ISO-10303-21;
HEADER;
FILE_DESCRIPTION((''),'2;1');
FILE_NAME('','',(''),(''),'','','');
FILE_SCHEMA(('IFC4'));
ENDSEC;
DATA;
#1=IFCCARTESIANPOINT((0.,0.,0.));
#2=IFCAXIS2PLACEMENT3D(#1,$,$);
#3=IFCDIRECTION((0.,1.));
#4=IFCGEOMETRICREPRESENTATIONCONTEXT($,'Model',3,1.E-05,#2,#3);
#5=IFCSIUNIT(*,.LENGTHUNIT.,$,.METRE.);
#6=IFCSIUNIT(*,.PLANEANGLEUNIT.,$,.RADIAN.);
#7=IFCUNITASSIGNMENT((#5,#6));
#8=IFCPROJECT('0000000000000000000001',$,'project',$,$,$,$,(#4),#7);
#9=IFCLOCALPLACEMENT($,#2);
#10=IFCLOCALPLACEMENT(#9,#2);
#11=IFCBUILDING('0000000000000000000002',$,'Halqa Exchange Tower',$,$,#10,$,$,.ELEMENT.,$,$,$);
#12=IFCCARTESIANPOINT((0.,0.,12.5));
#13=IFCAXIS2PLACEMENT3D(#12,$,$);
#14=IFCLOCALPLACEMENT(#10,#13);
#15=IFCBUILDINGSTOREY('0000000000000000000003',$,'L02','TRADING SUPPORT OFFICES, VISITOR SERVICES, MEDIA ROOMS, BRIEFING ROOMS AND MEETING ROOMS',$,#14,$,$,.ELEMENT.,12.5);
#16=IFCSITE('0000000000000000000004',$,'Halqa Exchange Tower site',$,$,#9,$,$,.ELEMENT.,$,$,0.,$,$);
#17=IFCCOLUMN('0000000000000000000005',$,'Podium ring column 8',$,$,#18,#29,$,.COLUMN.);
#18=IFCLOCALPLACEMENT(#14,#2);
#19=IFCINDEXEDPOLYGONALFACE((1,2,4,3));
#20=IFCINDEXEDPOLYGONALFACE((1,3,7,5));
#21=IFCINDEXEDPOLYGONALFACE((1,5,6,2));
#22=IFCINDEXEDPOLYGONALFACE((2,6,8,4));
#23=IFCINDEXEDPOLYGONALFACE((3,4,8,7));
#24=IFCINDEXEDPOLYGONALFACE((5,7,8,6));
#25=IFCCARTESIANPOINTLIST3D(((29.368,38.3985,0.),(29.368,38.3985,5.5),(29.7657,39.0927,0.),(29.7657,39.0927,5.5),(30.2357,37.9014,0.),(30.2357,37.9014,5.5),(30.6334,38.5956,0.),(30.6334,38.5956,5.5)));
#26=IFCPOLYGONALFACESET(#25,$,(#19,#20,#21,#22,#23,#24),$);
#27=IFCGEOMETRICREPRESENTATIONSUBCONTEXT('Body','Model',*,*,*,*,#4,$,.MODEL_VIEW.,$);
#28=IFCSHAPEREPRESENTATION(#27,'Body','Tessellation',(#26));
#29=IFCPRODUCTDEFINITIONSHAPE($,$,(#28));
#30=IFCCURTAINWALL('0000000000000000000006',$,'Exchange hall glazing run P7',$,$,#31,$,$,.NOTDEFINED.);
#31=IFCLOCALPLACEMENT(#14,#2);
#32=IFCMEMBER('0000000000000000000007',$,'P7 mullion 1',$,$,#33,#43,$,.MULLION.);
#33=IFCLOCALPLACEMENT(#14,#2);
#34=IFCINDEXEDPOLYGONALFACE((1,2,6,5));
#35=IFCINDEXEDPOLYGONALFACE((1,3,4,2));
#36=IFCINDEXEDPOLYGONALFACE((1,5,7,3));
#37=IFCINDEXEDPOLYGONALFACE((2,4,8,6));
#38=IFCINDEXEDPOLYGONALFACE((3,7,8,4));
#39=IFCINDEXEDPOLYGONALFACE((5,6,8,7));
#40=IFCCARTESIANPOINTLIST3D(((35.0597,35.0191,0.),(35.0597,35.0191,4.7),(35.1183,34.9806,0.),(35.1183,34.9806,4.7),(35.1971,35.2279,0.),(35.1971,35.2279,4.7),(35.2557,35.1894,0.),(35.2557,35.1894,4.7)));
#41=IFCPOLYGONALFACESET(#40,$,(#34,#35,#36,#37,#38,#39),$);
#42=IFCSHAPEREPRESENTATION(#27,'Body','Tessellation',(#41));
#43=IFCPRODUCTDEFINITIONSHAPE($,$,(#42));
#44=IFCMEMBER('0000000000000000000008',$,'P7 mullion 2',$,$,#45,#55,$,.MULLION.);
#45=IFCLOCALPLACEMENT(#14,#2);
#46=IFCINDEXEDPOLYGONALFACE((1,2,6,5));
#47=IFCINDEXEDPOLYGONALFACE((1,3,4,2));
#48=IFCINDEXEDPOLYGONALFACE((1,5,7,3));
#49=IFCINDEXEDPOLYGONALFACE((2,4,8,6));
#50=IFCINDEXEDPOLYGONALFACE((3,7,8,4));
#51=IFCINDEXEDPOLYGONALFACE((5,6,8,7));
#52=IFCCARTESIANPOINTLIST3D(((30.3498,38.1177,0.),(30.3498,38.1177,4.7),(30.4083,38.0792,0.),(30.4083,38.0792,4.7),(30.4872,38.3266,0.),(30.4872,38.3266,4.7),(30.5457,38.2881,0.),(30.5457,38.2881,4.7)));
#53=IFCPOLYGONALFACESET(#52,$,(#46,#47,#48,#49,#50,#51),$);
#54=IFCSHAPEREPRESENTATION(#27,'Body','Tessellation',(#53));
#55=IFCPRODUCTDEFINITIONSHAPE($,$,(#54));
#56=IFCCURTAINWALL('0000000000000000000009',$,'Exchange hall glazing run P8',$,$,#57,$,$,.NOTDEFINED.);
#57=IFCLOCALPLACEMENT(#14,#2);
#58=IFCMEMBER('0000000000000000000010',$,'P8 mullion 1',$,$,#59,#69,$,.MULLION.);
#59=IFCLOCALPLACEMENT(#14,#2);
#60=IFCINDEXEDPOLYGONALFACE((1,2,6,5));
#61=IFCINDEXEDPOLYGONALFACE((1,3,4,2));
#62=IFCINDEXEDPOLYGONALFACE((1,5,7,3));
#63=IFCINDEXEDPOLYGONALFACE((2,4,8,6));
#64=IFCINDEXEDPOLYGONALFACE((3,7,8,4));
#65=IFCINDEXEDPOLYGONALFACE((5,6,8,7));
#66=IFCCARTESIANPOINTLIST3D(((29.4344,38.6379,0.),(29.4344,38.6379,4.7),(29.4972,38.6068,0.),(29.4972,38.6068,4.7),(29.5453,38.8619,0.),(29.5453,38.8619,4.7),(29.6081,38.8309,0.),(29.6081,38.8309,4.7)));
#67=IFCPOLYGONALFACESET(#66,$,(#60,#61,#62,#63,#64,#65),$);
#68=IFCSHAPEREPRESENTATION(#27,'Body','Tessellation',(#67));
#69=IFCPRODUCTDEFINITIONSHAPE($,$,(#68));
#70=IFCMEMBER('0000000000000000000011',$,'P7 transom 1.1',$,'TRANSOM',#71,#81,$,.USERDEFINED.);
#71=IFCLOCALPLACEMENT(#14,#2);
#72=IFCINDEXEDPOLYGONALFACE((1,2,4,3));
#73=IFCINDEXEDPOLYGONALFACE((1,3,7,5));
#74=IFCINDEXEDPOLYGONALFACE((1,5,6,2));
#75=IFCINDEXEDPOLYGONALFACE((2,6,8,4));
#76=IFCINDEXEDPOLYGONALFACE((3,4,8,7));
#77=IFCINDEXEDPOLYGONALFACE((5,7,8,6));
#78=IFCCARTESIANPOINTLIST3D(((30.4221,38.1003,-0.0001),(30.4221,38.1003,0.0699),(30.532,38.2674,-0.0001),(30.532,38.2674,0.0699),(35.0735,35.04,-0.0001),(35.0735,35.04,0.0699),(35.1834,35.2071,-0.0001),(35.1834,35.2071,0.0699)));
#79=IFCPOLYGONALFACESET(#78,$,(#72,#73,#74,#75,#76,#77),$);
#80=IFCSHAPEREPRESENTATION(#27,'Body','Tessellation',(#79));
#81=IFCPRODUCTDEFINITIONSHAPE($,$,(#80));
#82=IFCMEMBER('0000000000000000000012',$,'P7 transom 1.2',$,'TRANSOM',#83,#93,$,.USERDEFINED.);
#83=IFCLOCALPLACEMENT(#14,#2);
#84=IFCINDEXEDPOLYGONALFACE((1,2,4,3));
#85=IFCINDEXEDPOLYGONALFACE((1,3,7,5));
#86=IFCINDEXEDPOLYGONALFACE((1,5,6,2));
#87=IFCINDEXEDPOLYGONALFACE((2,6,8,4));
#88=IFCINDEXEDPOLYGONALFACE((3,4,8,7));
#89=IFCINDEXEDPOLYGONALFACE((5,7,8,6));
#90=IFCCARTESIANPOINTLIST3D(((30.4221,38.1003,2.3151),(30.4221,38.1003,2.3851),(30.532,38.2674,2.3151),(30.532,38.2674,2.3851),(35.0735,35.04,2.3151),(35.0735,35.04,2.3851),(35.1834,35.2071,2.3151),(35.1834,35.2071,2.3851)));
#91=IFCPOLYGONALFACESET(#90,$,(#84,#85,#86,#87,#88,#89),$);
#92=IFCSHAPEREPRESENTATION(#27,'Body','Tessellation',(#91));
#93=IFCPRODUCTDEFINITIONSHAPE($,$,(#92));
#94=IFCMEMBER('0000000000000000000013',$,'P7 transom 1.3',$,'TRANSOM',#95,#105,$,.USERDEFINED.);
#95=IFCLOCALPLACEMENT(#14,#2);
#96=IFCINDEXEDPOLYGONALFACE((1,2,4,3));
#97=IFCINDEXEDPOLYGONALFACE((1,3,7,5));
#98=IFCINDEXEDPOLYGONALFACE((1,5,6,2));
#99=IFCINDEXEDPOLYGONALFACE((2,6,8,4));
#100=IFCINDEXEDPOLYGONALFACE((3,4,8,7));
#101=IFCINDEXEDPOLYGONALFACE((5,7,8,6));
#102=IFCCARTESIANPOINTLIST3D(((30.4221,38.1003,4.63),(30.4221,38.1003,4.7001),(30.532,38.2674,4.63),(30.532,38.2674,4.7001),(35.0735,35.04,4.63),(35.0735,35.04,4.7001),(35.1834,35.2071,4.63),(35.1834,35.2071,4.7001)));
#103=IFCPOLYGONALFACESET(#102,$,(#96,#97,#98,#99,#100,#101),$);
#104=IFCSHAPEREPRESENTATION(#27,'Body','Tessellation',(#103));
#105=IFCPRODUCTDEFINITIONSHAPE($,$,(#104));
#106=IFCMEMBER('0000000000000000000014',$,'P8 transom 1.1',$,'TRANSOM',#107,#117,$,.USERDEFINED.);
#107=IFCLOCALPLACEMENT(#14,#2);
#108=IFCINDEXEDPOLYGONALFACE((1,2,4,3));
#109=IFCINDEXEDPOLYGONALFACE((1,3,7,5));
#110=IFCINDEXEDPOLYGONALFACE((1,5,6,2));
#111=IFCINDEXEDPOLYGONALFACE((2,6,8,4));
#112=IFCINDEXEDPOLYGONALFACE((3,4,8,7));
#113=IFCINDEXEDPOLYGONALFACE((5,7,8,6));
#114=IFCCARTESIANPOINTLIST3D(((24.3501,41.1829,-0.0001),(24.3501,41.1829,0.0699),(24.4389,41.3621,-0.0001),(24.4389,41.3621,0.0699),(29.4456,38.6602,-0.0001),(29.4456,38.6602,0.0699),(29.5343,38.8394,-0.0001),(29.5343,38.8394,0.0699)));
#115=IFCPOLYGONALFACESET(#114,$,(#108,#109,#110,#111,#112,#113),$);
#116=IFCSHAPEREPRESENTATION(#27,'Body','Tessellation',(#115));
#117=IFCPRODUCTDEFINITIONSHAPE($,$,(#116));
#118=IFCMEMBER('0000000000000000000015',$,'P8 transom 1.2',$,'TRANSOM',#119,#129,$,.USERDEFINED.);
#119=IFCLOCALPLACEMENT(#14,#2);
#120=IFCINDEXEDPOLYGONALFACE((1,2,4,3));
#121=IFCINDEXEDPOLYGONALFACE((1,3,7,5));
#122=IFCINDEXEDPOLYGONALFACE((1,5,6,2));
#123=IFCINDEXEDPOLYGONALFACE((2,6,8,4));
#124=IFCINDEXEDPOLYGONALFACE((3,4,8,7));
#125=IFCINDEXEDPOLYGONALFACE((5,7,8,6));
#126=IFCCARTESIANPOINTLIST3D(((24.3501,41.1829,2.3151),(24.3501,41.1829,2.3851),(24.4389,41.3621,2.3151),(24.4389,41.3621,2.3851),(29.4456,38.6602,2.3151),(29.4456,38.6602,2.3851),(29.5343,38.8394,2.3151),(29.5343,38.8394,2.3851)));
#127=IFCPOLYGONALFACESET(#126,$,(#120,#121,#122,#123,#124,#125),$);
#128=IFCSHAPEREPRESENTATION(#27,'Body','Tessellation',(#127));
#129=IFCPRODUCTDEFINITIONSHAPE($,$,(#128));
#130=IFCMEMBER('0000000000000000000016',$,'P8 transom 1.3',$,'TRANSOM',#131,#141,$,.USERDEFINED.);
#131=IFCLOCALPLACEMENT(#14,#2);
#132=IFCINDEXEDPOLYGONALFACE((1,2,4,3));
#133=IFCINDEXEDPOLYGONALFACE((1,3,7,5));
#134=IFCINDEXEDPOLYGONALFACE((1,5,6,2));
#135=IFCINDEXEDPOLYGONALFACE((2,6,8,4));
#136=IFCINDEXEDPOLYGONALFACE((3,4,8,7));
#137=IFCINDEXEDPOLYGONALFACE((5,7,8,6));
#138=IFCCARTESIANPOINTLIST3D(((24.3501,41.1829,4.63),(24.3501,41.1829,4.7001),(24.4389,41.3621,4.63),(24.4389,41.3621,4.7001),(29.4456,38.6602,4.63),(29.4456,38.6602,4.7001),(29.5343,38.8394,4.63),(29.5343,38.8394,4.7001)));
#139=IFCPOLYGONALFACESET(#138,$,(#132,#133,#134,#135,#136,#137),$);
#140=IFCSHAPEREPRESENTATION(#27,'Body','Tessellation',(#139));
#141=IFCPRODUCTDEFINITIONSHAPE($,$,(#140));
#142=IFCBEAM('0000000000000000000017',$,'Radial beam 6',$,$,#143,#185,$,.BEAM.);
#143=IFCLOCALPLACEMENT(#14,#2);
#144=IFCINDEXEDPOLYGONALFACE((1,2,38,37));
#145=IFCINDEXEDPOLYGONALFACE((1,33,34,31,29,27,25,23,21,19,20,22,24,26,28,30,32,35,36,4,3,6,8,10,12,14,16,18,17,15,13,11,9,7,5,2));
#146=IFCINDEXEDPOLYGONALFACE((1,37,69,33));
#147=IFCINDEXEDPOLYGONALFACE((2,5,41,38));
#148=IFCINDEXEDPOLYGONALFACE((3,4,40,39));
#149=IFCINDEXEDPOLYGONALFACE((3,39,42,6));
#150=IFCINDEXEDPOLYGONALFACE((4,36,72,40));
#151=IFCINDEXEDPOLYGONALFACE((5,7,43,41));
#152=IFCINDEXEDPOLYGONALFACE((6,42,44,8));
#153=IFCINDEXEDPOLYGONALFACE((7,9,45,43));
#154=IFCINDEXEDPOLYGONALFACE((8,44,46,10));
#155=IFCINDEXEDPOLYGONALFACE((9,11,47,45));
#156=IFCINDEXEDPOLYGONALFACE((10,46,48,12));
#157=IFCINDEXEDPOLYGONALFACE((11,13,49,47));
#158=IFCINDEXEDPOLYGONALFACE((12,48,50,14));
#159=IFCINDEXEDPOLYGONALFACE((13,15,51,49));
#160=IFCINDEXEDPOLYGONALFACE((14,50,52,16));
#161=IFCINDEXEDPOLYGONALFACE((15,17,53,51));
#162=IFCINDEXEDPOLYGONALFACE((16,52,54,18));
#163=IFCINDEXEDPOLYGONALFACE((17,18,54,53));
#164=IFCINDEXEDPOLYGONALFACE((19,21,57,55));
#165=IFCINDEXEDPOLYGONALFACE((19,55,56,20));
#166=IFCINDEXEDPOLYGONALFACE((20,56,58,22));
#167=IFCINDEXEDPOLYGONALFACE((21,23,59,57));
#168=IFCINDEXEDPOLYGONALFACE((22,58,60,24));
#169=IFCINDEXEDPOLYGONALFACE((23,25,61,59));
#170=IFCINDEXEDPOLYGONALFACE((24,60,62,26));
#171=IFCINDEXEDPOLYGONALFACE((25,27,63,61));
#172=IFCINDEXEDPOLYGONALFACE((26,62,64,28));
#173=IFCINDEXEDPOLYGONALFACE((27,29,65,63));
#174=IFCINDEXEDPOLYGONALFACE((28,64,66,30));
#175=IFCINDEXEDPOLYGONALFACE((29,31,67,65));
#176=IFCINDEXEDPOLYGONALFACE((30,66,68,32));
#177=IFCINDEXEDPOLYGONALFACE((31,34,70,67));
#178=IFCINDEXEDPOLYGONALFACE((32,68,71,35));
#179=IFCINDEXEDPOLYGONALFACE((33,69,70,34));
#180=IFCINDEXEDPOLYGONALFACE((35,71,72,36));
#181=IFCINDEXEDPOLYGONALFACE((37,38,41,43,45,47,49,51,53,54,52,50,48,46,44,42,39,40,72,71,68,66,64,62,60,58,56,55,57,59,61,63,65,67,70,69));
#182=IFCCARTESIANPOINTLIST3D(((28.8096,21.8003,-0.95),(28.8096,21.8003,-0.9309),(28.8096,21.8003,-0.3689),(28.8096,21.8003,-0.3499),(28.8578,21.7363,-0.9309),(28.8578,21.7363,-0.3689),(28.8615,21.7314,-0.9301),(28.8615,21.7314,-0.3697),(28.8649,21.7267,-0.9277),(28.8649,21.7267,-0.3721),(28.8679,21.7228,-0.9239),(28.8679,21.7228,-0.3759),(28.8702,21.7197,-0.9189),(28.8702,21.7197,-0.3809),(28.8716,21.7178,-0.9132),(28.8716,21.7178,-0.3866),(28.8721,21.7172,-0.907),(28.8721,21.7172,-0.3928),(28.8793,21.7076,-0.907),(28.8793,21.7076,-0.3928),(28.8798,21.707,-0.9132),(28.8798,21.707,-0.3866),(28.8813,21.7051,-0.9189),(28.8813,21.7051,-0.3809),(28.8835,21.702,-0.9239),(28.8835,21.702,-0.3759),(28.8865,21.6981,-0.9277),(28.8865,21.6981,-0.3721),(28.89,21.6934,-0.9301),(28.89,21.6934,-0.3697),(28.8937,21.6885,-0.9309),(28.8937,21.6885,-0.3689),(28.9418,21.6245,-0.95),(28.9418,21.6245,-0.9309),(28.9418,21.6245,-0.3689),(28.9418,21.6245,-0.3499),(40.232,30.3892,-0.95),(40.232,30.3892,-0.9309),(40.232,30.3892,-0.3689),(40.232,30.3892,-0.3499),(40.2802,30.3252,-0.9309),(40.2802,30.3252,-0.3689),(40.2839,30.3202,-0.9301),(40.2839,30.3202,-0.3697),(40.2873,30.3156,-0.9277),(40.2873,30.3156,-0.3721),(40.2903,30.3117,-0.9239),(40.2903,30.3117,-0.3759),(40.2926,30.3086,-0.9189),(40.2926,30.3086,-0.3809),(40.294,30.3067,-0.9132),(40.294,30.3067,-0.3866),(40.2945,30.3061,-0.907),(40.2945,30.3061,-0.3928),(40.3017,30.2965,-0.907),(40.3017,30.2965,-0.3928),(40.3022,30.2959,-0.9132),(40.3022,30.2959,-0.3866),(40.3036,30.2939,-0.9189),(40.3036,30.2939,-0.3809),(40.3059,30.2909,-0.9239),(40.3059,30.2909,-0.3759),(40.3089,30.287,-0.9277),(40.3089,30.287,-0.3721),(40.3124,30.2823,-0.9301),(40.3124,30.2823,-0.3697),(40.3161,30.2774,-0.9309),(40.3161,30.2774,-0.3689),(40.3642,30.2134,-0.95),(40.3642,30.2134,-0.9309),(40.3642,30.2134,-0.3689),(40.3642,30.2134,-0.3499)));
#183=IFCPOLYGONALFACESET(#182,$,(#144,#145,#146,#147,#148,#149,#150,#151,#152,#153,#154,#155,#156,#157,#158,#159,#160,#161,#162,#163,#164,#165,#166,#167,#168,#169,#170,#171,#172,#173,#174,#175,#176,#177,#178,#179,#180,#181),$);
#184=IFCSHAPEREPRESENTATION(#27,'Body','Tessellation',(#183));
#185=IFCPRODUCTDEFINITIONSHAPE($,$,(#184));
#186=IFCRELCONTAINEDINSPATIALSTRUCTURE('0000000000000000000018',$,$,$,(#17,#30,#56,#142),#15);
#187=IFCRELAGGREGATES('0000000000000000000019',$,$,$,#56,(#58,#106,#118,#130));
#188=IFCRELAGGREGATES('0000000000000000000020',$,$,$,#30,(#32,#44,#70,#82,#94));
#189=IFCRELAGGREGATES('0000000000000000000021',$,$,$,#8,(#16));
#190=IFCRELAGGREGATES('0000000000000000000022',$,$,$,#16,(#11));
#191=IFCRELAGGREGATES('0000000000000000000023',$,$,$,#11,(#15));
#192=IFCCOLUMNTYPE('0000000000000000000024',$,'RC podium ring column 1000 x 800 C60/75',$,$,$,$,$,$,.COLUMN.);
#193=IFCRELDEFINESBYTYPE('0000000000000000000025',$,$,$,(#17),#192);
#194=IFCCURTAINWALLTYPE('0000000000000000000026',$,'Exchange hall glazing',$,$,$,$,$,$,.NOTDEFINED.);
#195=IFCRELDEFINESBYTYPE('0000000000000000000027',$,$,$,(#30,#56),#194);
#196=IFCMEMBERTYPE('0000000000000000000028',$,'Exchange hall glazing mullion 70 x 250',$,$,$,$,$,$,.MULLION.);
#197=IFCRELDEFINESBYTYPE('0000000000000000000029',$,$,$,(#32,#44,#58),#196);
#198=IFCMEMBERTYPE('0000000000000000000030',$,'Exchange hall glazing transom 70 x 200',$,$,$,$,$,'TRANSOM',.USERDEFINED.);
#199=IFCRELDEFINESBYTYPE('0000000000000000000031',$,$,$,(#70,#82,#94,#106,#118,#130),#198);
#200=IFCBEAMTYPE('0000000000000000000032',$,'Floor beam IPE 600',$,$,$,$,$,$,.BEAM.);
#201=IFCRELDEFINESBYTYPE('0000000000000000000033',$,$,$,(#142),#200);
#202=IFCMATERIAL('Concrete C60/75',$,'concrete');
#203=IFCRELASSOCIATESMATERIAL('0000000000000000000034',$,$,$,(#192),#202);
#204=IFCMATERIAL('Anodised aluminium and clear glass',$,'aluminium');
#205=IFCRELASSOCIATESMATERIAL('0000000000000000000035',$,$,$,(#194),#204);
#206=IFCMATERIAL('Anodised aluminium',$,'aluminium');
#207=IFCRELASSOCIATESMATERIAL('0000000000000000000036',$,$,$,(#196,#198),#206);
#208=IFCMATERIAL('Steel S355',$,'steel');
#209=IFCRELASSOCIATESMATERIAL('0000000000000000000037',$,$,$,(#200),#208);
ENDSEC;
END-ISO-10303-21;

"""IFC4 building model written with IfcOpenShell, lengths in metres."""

from ifc_helpers import new_model, si_unit, direction, frame, origin, origin_2d, place, context, subcontext, project, spatial, rectangle, i_section, extrude, material, material_profile, profile_set, type_object, element, aggregate, save


model = new_model("IFC4")

# Units and contexts
model_context = context("Model", 3, precision=1e-05, world=origin(), true_north=direction((0.0, 1.0)))
body_context = subcontext(model_context, "Body", "Model", "MODEL_VIEW")
ifc_project = project(units=[si_unit("LENGTHUNIT", "METRE"), si_unit("PLANEANGLEUNIT", "RADIAN")], contexts=[model_context])

# Site, building, storey
site_placement = place(None, origin())
site = spatial("IfcSite", under=ifc_project, at=site_placement, Name="Halqa Exchange Tower site", CompositionType="ELEMENT", RefElevation=0.0)
building_placement = place(site_placement, origin())
building = spatial("IfcBuilding", under=site, at=building_placement, Name="Halqa Exchange Tower", CompositionType="ELEMENT")
storey_placement = place(building_placement, frame((0.0, 0.0, 12.5)))
storey = spatial("IfcBuildingStorey", under=building, at=storey_placement, Name="L02", Description="TRADING SUPPORT OFFICES, VISITOR SERVICES, MEDIA ROOMS, BRIEFING ROOMS AND MEETING ROOMS", CompositionType="ELEMENT", Elevation=12.5)

# Column
ifc_material_1 = material(Name="Concrete C60/75", Category="concrete")
ifc_material_profile_1 = material_profile(ifc_material_1, rectangle(XDim=1.0, YDim=0.8, at=origin_2d()), Name="1000 x 800")
ifc_profile_set_1 = profile_set([ifc_material_profile_1], Name="Concrete C60/75")
column_type = type_object("IfcColumnType", Name="RC podium ring column 1000 x 800 C60/75", PredefinedType="COLUMN", material=ifc_profile_set_1)
column_placement = place(storey_placement, frame((30.0007, 38.4971, 0.0), z_axis=(0.0, 0.0, 1.0), x_axis=(-0.867693, 0.4971, 0.0)))
element("IfcColumn", 1, at=column_placement, inside=storey, type_object=column_type, Name="Podium ring column 8", PredefinedType="COLUMN", context=body_context, shape_type="SweptSolid", body=[
    extrude(rectangle(XDim=1.0, YDim=0.8, at=origin_2d()), origin(), (0.0, 0.0, 1.0), 5.5),
])

# Curtain wall, members
ifc_material_2 = material(Name="Anodised aluminium and clear glass", Category="aluminium")
curtain_wall_type = type_object("IfcCurtainWallType", Name="Exchange hall glazing", PredefinedType="NOTDEFINED", material=ifc_material_2)
curtain_wall_1_placement = place(storey_placement, origin())
curtain_wall_1 = element("IfcCurtainWall", 2, at=curtain_wall_1_placement, inside=storey, type_object=curtain_wall_type, Name="Exchange hall glazing run P7", PredefinedType="NOTDEFINED")
ifc_material_3 = material(Name="Anodised aluminium", Category="aluminium")
ifc_material_profile_2 = material_profile(ifc_material_3, rectangle(XDim=0.25, YDim=0.0701, at=origin_2d()), Name="AL 70x250")
ifc_profile_set_2 = profile_set([ifc_material_profile_2], Name="Anodised aluminium")
member_type_1 = type_object("IfcMemberType", Name="Exchange hall glazing mullion 70 x 250", PredefinedType="MULLION", material=ifc_profile_set_2)
member_1_placement = place(storey_placement, frame((35.1577, 35.1042, 0.0), z_axis=(0.0, 0.0, 1.0), x_axis=(-0.54962, -0.835415, 0.0)))
member_1 = element("IfcMember", 3, at=member_1_placement, type_object=member_type_1, Name="P7 mullion 1", PredefinedType="MULLION", context=body_context, shape_type="SweptSolid", body=[
    extrude(rectangle(XDim=0.25, YDim=0.0701, at=origin_2d()), origin(), (0.0, 0.0, 1.0), 4.7),
])
member_2_placement = place(storey_placement, frame((30.4478, 38.2029, 0.0), z_axis=(0.0, 0.0, 1.0), x_axis=(-0.54962, -0.835415, 0.0)))
member_2 = element("IfcMember", 4, at=member_2_placement, type_object=member_type_1, Name="P7 mullion 2", PredefinedType="MULLION", context=body_context, shape_type="SweptSolid", body=[
    extrude(rectangle(XDim=0.25, YDim=0.0701, at=origin_2d()), origin(), (0.0, 0.0, 1.0), 4.7),
])

# Curtain wall, member
curtain_wall_2_placement = place(storey_placement, origin())
curtain_wall_2 = element("IfcCurtainWall", 5, at=curtain_wall_2_placement, inside=storey, type_object=curtain_wall_type, Name="Exchange hall glazing run P8", PredefinedType="NOTDEFINED")
member_3_placement = place(storey_placement, frame((29.5212, 38.7344, 0.0), z_axis=(0.0, 0.0, 1.0), x_axis=(-0.443653, -0.896198, 0.0)))
member_3 = element("IfcMember", 6, at=member_3_placement, type_object=member_type_1, Name="P8 mullion 1", PredefinedType="MULLION", context=body_context, shape_type="SweptSolid", body=[
    extrude(rectangle(XDim=0.25, YDim=0.0701, at=origin_2d()), origin(), (0.0, 0.0, 1.0), 4.7),
])

# Members
ifc_material_profile_3 = material_profile(ifc_material_3, rectangle(XDim=0.2, YDim=0.0701, at=origin_2d()), Name="AL 70x200")
ifc_profile_set_3 = profile_set([ifc_material_profile_3], Name="Anodised aluminium")
member_type_2 = type_object("IfcMemberType", Name="Exchange hall glazing transom 70 x 200", ElementType="TRANSOM", PredefinedType="USERDEFINED", material=ifc_profile_set_3)
member_4_placement = place(storey_placement, frame((35.1284, 35.1235, 0.0349), z_axis=(-0.835401, 0.549641, 0.0), x_axis=(-0.549641, -0.835401, 0.0)))
member_4 = element("IfcMember", 7, at=member_4_placement, type_object=member_type_2, Name="P7 transom 1.1", ObjectType="TRANSOM", PredefinedType="USERDEFINED", context=body_context, shape_type="SweptSolid", body=[
    extrude(rectangle(XDim=0.2, YDim=0.0701, at=origin_2d()), origin(), (0.0, 0.0, 1.0), 5.5679),
])
member_5_placement = place(storey_placement, frame((35.1284, 35.1235, 2.3501), z_axis=(-0.835401, 0.549641, 0.0), x_axis=(-0.549641, -0.835401, 0.0)))
member_5 = element("IfcMember", 8, at=member_5_placement, type_object=member_type_2, Name="P7 transom 1.2", ObjectType="TRANSOM", PredefinedType="USERDEFINED", context=body_context, shape_type="SweptSolid", body=[
    extrude(rectangle(XDim=0.2, YDim=0.0701, at=origin_2d()), origin(), (0.0, 0.0, 1.0), 5.5679),
])
member_6_placement = place(storey_placement, frame((35.1284, 35.1235, 4.665), z_axis=(-0.835401, 0.549641, 0.0), x_axis=(-0.549641, -0.835401, 0.0)))
member_6 = element("IfcMember", 9, at=member_6_placement, type_object=member_type_2, Name="P7 transom 1.3", ObjectType="TRANSOM", PredefinedType="USERDEFINED", context=body_context, shape_type="SweptSolid", body=[
    extrude(rectangle(XDim=0.2, YDim=0.0701, at=origin_2d()), origin(), (0.0, 0.0, 1.0), 5.5679),
])
member_7_placement = place(storey_placement, frame((29.49, 38.7498, 0.0349), z_axis=(-0.896181, 0.443689, 0.0), x_axis=(-0.443689, -0.896181, 0.0)))
member_7 = element("IfcMember", 10, at=member_7_placement, type_object=member_type_2, Name="P8 transom 1.1", ObjectType="TRANSOM", PredefinedType="USERDEFINED", context=body_context, shape_type="SweptSolid", body=[
    extrude(rectangle(XDim=0.2, YDim=0.0701, at=origin_2d()), origin(), (0.0, 0.0, 1.0), 5.6858),
])
member_8_placement = place(storey_placement, frame((29.49, 38.7498, 2.3501), z_axis=(-0.896181, 0.443689, 0.0), x_axis=(-0.443689, -0.896181, 0.0)))
member_8 = element("IfcMember", 11, at=member_8_placement, type_object=member_type_2, Name="P8 transom 1.2", ObjectType="TRANSOM", PredefinedType="USERDEFINED", context=body_context, shape_type="SweptSolid", body=[
    extrude(rectangle(XDim=0.2, YDim=0.0701, at=origin_2d()), origin(), (0.0, 0.0, 1.0), 5.6858),
])
member_9_placement = place(storey_placement, frame((29.49, 38.7498, 4.665), z_axis=(-0.896181, 0.443689, 0.0), x_axis=(-0.443689, -0.896181, 0.0)))
member_9 = element("IfcMember", 12, at=member_9_placement, type_object=member_type_2, Name="P8 transom 1.3", ObjectType="TRANSOM", PredefinedType="USERDEFINED", context=body_context, shape_type="SweptSolid", body=[
    extrude(rectangle(XDim=0.2, YDim=0.0701, at=origin_2d()), origin(), (0.0, 0.0, 1.0), 5.6858),
])
aggregate(curtain_wall_2, [member_3, member_7, member_8, member_9])

# Beam
ifc_material_4 = material(Name="Steel S355", Category="steel")
ifc_material_profile_4 = material_profile(ifc_material_4, i_section(OverallWidth=0.22, OverallDepth=0.6001, WebThickness=0.012, FlangeThickness=0.019, FilletRadius=0.0239, at=origin_2d()), Name="IPE 600")
ifc_profile_set_4 = profile_set([ifc_material_profile_4], Name="Steel S355")
beam_type_1 = type_object("IfcBeamType", Name="Floor beam IPE 600", PredefinedType="BEAM", material=ifc_profile_set_4)
beam_1_placement = place(storey_placement, frame((28.8757, 21.7124, -0.6499), z_axis=(0.799257, 0.600989, 0.0), x_axis=(-0.600989, 0.799257, 0.0)))
element("IfcBeam", 13, at=beam_1_placement, inside=storey, type_object=beam_type_1, Name="Radial beam 6", PredefinedType="BEAM", context=body_context, shape_type="SweptSolid", body=[
    extrude(i_section(OverallWidth=0.22, OverallDepth=0.6001, WebThickness=0.012, FlangeThickness=0.019, FilletRadius=0.0239, at=origin_2d()), origin(), (0.0, 0.0, 1.0), 14.2913),
])

aggregate(curtain_wall_1, [member_1, member_2, member_4, member_5, member_6])

save(model, "model.ifc")
